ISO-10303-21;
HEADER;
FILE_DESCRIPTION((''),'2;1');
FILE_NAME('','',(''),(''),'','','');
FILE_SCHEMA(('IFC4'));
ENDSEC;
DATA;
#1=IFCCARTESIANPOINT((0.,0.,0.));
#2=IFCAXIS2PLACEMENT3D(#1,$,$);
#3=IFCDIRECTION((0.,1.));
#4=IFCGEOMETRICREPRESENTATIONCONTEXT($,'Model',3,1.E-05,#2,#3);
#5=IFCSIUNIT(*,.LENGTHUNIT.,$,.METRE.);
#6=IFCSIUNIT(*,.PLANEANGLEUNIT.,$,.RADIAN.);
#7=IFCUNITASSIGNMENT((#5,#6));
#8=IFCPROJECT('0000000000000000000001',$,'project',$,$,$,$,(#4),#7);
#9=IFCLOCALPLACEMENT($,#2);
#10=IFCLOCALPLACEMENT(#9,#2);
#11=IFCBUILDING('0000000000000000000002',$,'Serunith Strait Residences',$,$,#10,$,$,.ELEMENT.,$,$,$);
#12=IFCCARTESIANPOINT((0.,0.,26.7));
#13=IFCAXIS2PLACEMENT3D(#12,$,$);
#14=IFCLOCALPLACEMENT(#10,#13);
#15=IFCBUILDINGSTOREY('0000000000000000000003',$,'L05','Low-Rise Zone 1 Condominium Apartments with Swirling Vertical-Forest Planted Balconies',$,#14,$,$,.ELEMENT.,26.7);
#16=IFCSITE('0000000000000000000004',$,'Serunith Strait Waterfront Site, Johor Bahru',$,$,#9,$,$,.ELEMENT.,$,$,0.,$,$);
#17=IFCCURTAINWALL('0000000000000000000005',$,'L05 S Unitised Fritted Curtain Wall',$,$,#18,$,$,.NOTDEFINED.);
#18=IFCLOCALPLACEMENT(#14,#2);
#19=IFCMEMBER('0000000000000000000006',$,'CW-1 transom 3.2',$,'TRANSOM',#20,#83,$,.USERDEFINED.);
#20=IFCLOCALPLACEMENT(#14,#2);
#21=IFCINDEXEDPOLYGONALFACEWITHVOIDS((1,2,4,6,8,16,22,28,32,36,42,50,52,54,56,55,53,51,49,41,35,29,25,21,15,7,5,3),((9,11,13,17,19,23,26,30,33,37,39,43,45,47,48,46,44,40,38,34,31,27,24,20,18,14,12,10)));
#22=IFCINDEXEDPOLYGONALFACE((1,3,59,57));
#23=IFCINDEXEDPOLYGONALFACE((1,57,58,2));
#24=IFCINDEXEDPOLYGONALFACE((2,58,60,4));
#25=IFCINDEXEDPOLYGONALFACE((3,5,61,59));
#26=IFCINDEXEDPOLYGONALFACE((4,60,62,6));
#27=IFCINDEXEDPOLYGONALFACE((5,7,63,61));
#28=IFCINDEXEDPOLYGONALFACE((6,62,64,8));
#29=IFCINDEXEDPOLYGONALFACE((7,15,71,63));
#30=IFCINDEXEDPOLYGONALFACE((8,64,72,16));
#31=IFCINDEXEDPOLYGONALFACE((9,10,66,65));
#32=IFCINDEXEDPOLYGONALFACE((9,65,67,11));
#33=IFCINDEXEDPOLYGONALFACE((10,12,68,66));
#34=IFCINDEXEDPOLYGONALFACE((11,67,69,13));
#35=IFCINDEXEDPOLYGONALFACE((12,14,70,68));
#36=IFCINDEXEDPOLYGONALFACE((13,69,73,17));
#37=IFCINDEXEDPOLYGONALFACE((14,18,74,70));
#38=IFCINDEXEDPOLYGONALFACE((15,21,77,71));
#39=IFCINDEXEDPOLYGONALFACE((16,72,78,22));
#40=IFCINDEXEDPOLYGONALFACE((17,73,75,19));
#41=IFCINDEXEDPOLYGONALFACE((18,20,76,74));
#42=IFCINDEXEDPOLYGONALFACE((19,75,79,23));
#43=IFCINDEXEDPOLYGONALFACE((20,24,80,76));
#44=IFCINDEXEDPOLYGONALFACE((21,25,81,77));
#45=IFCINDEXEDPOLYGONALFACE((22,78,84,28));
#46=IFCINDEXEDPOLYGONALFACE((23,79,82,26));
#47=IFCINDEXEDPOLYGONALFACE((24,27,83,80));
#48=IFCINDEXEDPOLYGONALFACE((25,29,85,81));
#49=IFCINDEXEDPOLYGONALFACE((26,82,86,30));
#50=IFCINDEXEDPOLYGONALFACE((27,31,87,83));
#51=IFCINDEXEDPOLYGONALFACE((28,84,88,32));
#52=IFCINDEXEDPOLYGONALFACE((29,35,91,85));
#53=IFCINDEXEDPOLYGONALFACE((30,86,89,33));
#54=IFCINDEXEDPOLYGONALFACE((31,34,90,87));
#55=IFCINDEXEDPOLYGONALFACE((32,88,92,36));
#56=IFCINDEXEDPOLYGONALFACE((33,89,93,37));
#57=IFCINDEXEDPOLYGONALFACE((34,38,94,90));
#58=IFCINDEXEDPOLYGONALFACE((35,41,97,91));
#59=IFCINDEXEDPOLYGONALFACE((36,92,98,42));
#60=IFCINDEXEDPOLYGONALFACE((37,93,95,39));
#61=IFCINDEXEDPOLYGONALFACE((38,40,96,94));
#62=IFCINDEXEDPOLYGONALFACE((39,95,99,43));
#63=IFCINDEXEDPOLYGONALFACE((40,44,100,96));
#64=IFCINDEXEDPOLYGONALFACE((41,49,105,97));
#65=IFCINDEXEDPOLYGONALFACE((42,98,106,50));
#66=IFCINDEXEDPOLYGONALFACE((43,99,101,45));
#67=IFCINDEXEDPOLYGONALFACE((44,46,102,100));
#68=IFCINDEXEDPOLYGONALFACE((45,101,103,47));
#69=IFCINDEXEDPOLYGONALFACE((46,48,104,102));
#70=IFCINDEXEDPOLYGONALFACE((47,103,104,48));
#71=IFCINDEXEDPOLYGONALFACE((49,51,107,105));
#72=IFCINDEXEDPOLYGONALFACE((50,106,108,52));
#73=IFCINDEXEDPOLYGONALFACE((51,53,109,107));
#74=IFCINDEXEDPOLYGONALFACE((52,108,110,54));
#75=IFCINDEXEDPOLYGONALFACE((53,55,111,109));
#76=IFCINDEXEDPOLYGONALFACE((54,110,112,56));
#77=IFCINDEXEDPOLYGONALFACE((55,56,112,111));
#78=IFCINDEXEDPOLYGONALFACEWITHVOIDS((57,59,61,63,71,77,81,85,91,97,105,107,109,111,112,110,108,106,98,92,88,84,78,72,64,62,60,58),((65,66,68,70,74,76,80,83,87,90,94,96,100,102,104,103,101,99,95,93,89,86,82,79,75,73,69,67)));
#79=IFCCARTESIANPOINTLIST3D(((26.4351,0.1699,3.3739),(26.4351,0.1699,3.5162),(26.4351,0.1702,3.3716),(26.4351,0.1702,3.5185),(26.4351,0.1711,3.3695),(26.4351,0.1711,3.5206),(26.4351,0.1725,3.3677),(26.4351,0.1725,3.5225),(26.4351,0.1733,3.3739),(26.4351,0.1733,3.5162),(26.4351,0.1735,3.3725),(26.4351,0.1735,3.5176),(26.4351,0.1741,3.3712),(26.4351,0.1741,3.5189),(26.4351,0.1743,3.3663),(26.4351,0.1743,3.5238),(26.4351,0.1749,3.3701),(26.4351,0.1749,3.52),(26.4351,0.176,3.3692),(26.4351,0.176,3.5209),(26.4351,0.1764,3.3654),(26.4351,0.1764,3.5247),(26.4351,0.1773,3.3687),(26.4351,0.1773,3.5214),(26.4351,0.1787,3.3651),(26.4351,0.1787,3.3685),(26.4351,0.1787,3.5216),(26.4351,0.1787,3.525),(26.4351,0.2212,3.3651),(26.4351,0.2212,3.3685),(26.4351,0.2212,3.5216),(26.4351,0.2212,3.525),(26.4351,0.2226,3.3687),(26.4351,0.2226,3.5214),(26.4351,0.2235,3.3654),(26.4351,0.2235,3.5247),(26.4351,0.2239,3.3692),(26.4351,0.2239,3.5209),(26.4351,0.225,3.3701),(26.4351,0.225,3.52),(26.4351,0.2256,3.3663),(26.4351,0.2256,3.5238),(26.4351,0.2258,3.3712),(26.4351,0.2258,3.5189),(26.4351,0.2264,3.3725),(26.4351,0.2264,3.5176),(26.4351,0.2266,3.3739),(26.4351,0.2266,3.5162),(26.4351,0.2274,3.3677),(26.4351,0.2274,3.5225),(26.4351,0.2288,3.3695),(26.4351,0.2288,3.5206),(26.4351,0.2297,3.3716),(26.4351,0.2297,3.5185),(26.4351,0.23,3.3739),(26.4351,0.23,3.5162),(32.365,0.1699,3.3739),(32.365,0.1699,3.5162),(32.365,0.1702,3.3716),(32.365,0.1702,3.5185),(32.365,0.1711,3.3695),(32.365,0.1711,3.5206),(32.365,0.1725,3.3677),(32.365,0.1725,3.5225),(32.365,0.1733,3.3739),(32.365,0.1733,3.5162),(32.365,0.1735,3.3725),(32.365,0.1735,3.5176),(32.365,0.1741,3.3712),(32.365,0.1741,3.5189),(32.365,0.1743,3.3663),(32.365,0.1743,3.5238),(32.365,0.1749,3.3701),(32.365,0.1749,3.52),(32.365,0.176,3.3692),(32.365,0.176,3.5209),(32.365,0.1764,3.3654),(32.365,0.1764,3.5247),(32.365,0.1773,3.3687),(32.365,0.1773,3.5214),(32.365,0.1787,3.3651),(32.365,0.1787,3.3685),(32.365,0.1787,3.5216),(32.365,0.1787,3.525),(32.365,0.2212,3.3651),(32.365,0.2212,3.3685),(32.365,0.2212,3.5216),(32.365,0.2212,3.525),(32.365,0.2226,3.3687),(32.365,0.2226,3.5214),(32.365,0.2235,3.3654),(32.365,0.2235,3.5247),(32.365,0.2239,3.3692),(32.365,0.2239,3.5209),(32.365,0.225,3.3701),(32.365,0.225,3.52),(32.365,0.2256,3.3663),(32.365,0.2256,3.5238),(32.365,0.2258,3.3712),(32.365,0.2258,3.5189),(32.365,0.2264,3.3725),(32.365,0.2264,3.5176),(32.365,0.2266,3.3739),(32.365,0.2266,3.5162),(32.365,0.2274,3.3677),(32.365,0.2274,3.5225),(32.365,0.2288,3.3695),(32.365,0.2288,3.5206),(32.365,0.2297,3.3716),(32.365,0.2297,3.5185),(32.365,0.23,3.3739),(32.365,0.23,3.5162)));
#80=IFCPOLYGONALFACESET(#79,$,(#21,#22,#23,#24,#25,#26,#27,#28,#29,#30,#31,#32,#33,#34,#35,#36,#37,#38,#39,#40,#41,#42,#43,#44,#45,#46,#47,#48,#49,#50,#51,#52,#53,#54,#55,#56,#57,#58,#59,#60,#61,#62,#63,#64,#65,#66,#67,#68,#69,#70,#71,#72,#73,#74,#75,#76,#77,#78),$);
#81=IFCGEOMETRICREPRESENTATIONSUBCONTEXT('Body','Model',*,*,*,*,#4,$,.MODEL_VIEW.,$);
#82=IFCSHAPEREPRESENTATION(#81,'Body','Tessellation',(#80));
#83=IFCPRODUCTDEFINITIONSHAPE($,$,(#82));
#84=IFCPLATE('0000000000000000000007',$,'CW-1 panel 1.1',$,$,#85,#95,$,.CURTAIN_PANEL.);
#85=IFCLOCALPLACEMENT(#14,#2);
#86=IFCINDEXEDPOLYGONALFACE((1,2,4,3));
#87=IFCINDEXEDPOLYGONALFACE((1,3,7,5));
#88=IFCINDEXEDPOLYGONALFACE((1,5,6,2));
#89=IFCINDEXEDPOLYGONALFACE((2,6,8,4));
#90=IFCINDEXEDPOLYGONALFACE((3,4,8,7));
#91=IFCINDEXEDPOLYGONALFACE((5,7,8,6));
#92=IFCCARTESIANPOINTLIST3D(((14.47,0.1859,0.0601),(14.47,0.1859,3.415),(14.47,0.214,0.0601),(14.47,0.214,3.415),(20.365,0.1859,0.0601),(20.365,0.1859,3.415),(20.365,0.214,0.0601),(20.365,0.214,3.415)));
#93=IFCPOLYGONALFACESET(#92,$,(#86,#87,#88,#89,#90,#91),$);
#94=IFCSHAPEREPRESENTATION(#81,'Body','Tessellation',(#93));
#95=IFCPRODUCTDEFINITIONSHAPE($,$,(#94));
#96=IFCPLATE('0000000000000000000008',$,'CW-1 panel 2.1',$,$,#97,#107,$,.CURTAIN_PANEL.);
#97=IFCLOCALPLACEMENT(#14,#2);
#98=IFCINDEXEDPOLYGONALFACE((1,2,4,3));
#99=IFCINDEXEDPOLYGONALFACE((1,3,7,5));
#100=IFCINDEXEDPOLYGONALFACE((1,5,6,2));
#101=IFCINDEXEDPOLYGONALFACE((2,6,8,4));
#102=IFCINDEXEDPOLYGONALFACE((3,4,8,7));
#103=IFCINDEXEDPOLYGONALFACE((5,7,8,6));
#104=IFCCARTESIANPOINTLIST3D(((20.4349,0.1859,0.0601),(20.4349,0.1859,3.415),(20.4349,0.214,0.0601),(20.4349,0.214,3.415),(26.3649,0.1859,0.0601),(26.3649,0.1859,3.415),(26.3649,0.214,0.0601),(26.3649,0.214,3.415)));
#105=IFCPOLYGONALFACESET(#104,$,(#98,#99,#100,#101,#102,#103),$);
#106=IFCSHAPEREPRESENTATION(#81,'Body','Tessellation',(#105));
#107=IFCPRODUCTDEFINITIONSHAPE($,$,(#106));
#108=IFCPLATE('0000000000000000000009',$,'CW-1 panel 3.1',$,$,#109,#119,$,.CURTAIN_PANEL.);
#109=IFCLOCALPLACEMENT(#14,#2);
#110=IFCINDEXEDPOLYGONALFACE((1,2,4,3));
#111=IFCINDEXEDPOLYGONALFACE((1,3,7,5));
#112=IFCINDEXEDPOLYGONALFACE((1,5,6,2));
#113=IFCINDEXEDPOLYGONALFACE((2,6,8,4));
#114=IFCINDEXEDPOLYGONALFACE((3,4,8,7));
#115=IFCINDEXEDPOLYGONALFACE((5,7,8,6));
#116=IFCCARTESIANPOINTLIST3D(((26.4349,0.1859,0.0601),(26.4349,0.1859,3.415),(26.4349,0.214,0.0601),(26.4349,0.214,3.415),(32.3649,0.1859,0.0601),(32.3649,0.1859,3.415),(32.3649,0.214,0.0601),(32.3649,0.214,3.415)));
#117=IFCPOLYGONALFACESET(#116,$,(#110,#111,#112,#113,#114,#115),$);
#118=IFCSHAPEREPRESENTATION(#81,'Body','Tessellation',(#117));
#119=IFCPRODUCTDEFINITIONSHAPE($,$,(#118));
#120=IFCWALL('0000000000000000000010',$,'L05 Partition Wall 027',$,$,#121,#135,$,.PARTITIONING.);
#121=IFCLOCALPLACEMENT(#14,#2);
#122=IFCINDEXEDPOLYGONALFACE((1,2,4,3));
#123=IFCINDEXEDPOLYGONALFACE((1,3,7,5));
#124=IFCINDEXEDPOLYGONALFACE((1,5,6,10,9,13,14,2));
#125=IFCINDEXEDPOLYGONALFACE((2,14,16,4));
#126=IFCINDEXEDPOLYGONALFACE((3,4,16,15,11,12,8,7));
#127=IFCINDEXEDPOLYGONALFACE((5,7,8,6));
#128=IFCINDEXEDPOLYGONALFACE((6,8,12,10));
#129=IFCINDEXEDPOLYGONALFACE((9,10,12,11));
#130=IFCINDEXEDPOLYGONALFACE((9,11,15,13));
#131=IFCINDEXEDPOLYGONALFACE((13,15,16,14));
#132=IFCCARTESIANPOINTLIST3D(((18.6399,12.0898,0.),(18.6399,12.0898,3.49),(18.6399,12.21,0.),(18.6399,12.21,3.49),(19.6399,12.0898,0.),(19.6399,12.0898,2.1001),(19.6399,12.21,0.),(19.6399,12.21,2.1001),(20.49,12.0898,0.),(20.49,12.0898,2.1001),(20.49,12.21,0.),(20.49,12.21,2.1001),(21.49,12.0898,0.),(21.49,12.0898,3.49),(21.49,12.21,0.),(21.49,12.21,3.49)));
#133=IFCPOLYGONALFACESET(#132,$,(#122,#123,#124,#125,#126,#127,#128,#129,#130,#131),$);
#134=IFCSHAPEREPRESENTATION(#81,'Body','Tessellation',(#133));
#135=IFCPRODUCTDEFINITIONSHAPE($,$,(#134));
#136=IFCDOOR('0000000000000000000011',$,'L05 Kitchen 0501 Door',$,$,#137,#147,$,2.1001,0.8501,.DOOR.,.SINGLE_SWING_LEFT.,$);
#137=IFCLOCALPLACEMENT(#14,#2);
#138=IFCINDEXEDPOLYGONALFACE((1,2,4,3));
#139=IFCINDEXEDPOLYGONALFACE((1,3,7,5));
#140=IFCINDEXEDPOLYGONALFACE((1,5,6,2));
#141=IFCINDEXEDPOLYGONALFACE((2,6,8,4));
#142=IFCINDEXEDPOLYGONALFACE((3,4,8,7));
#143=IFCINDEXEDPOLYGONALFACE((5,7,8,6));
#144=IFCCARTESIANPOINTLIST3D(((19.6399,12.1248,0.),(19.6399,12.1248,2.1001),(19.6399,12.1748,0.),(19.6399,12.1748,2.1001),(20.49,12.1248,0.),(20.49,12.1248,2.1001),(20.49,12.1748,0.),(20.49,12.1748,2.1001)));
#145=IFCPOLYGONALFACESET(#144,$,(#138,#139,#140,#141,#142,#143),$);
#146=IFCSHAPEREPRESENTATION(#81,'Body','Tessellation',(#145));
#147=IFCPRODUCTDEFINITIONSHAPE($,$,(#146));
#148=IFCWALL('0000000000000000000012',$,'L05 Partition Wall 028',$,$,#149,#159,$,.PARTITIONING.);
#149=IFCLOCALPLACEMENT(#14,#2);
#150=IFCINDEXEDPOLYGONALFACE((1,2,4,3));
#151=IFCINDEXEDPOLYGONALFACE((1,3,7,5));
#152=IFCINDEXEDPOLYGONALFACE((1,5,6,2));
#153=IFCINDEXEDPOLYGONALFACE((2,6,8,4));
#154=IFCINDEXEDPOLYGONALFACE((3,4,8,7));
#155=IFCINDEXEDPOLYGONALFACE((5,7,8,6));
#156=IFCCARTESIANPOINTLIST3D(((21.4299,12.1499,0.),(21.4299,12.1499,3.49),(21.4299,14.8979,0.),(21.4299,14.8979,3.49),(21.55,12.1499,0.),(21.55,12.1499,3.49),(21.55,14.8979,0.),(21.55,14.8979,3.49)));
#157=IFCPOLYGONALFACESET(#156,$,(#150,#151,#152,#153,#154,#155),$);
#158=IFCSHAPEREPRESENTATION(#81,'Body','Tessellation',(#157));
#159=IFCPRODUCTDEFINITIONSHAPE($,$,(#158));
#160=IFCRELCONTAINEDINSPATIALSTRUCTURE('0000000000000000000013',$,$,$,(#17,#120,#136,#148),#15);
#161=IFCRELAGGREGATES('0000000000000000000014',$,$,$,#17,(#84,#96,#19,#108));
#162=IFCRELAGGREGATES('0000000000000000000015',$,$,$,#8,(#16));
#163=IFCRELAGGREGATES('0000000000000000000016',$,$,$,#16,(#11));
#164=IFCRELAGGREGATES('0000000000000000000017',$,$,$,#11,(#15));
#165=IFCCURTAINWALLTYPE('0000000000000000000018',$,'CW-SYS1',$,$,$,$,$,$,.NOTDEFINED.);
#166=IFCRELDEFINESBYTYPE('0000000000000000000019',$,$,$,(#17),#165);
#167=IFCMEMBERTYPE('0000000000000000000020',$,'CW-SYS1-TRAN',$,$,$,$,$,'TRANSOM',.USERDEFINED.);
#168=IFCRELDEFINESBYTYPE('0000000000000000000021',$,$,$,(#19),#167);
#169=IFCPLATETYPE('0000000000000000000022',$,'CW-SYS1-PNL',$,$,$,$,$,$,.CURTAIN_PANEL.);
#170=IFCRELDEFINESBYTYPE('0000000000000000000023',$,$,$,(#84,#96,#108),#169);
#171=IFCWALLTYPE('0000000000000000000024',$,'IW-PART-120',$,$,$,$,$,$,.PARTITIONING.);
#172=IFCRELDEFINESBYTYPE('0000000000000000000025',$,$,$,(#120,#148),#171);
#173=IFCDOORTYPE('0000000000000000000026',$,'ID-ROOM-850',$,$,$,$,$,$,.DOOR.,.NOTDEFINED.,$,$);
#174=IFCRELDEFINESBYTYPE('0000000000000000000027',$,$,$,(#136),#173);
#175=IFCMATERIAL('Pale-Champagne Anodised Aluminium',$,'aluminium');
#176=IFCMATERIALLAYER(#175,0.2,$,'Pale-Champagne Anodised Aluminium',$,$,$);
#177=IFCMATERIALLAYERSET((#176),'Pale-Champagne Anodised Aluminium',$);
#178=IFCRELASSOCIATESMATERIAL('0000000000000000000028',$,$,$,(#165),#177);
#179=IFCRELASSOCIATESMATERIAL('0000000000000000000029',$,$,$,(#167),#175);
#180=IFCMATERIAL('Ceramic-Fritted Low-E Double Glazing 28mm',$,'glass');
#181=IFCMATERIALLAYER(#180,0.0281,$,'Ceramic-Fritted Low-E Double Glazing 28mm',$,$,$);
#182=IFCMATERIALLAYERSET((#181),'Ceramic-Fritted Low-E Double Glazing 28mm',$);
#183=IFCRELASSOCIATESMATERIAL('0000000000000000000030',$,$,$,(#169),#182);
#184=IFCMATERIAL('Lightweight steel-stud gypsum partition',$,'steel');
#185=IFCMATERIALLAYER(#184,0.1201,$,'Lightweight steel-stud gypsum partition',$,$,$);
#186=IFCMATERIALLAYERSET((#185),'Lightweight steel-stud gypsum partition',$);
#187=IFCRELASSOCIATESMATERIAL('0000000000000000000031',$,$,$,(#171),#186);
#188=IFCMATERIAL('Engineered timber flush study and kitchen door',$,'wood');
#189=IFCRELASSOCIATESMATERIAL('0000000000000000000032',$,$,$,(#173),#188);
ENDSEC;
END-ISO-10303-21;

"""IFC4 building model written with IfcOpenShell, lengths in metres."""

from ifc_helpers import new_model, si_unit, direction, frame, frame_2d, origin, origin_2d, place, context, subcontext, project, spatial, rectangle, hollow_rectangle, extrude, source, transform, mapped, material, layer, layer_set, material_profile, profile_set, type_object, element, fill, aggregate, save


model = new_model("IFC4")

# Units and contexts
model_context = context("Model", 3, precision=1e-05, world=origin(), true_north=direction((0.0, 1.0)))
body_context = subcontext(model_context, "Body", "Model", "MODEL_VIEW")
ifc_project = project(units=[si_unit("LENGTHUNIT", "METRE"), si_unit("PLANEANGLEUNIT", "RADIAN")], contexts=[model_context])

# Site, building, storey
site_placement = place(None, origin())
site = spatial("IfcSite", under=ifc_project, at=site_placement, Name="Serunith Strait Waterfront Site, Johor Bahru", CompositionType="ELEMENT", RefElevation=0.0)
building_placement = place(site_placement, origin())
building = spatial("IfcBuilding", under=site, at=building_placement, Name="Serunith Strait Residences", CompositionType="ELEMENT")
storey_placement = place(building_placement, frame((0.0, 0.0, 26.7)))
storey = spatial("IfcBuildingStorey", under=building, at=storey_placement, Name="L05", Description="Low-Rise Zone 1 Condominium Apartments with Swirling Vertical-Forest Planted Balconies", CompositionType="ELEMENT", Elevation=26.7)

# Curtain wall, member, plates
ifc_material_1 = material(Name="Pale-Champagne Anodised Aluminium", Category="aluminium")
ifc_layer_1 = layer(ifc_material_1, 0.2, Name="Pale-Champagne Anodised Aluminium")
ifc_layer_set_1 = layer_set([ifc_layer_1], Name="Pale-Champagne Anodised Aluminium")
curtain_wall_type = type_object("IfcCurtainWallType", Name="CW-SYS1", PredefinedType="NOTDEFINED", material=ifc_layer_set_1)
curtain_wall_placement = place(storey_placement, origin())
curtain_wall = element("IfcCurtainWall", 1, at=curtain_wall_placement, inside=storey, type_object=curtain_wall_type, Name="L05 S Unitised Fritted Curtain Wall", PredefinedType="NOTDEFINED")
ifc_material_profile_1 = material_profile(ifc_material_1, hollow_rectangle(XDim=0.0601, YDim=0.1599, WallThickness=0.0034, InnerFilletRadius=0.0054, OuterFilletRadius=0.0088, at=origin_2d()), Name="ALU 160x60x3.5")
ifc_profile_set_1 = profile_set([ifc_material_profile_1], Name="Pale-Champagne Anodised Aluminium")
member_type_1 = type_object("IfcMemberType", Name="CW-SYS1-TRAN", ElementType="TRANSOM", PredefinedType="USERDEFINED", material=ifc_profile_set_1)
shared_shape_1 = source(origin(), body_context, "Body", "SweptSolid", [
    extrude(hollow_rectangle(XDim=0.0601, YDim=0.1599, WallThickness=0.0034, InnerFilletRadius=0.0054, OuterFilletRadius=0.0088, at=origin_2d()), origin(), (0.0, 0.0, 1.0), 5.9299),
])
member_1_placement = place(storey_placement, frame((26.4351, 0.2, 3.4451), z_axis=(1.0, 0.0, 0.0), x_axis=(0.0, 1.0, 0.0)))
member_1 = element("IfcMember", 2, at=member_1_placement, type_object=member_type_1, Name="CW-1 transom 3.2", ObjectType="TRANSOM", PredefinedType="USERDEFINED", context=body_context, shape_type="MappedRepresentation", body=[
    mapped(shared_shape_1, transform((0.0, 0.0, 0.0), scale=1.0)),
])
ifc_material_2 = material(Name="Ceramic-Fritted Low-E Double Glazing 28mm", Category="glass")
ifc_layer_2 = layer(ifc_material_2, 0.0281, Name="Ceramic-Fritted Low-E Double Glazing 28mm")
ifc_layer_set_2 = layer_set([ifc_layer_2], Name="Ceramic-Fritted Low-E Double Glazing 28mm")
plate_type = type_object("IfcPlateType", Name="CW-SYS1-PNL", PredefinedType="CURTAIN_PANEL", material=ifc_layer_set_2)
shared_shape_2 = source(origin(), body_context, "Body", "SweptSolid", [
    extrude(rectangle(XDim=5.895, YDim=0.0281, at=origin_2d()), origin(), (0.0, 0.0, 1.0), 3.355),
])
plate_1_placement = place(storey_placement, frame((17.4175, 0.2, 0.0601), z_axis=(0.0, 0.0, 1.0), x_axis=(1.0, 0.0, 0.0)))
plate_1 = element("IfcPlate", 3, at=plate_1_placement, type_object=plate_type, Name="CW-1 panel 1.1", PredefinedType="CURTAIN_PANEL", context=body_context, shape_type="MappedRepresentation", body=[
    mapped(shared_shape_2, transform((0.0, 0.0, 0.0), scale=1.0)),
])
shared_shape_3 = source(origin(), body_context, "Body", "SweptSolid", [
    extrude(rectangle(XDim=5.9299, YDim=0.0281, at=origin_2d()), origin(), (0.0, 0.0, 1.0), 3.355),
])
plate_2_placement = place(storey_placement, frame((23.3999, 0.2, 0.0601), z_axis=(0.0, 0.0, 1.0), x_axis=(1.0, 0.0, 0.0)))
plate_2 = element("IfcPlate", 4, at=plate_2_placement, type_object=plate_type, Name="CW-1 panel 2.1", PredefinedType="CURTAIN_PANEL", context=body_context, shape_type="MappedRepresentation", body=[
    mapped(shared_shape_3, transform((0.0, 0.0, 0.0), scale=1.0)),
])
plate_3_placement = place(storey_placement, frame((29.3999, 0.2, 0.0601), z_axis=(0.0, 0.0, 1.0), x_axis=(1.0, 0.0, 0.0)))
plate_3 = element("IfcPlate", 5, at=plate_3_placement, type_object=plate_type, Name="CW-1 panel 3.1", PredefinedType="CURTAIN_PANEL", context=body_context, shape_type="MappedRepresentation", body=[
    mapped(shared_shape_3, transform((0.0, 0.0, 0.0), scale=1.0)),
])
aggregate(curtain_wall, [plate_1, plate_2, member_1, plate_3])

# Wall, opening, door
ifc_material_3 = material(Name="Lightweight steel-stud gypsum partition", Category="steel")
ifc_layer_3 = layer(ifc_material_3, 0.1201, Name="Lightweight steel-stud gypsum partition")
ifc_layer_set_3 = layer_set([ifc_layer_3], Name="Lightweight steel-stud gypsum partition")
wall_type_1 = type_object("IfcWallType", Name="IW-PART-120", PredefinedType="PARTITIONING", material=ifc_layer_set_3)
wall_1_placement = place(storey_placement, frame((18.6399, 12.1499, 0.0), z_axis=(0.0, 0.0, 1.0), x_axis=(1.0, 0.0, 0.0)))
wall_1 = element("IfcWall", 6, at=wall_1_placement, inside=storey, type_object=wall_type_1, Name="L05 Partition Wall 027", PredefinedType="PARTITIONING", context=body_context, shape_type="SweptSolid", body=[
    extrude(rectangle(XDim=2.8501, YDim=0.1201, at=frame_2d((1.425, 0.0))), origin(), (0.0, 0.0, 1.0), 3.49),
])
opening_1_placement = place(wall_1_placement, frame((1.0, 0.0, 0.0)))
opening_1 = element("IfcOpeningElement", 7, at=opening_1_placement, cuts=wall_1, PredefinedType="OPENING", context=body_context, shape_type="SweptSolid", body=[
    extrude(rectangle(XDim=0.8501, YDim=2.1001, at=frame_2d((0.425, 1.05))), frame((0.0, 0.0701, 0.0), z_axis=(0.0, -1.0, 0.0), x_axis=(1.0, 0.0, 0.0)), (0.0, 0.0, 1.0), 0.1401),
])
ifc_material_4 = material(Name="Engineered timber flush study and kitchen door", Category="wood")
door_type_1 = type_object("IfcDoorType", Name="ID-ROOM-850", OperationType="NOTDEFINED", PredefinedType="DOOR", material=ifc_material_4)
shared_shape_4 = source(origin(), body_context, "Body", "SweptSolid", [
    extrude(rectangle(XDim=0.8501, YDim=2.1001, at=frame_2d((0.425, 1.05))), frame((0.0, 0.0249, 0.0), z_axis=(0.0, -1.0, 0.0), x_axis=(1.0, 0.0, 0.0)), (0.0, 0.0, 1.0), 0.05),
])
door_1_placement = place(opening_1_placement, origin())
door_1 = element("IfcDoor", 8, at=door_1_placement, inside=storey, type_object=door_type_1, Name="L05 Kitchen 0501 Door", OperationType="SINGLE_SWING_LEFT", OverallHeight=2.1001, OverallWidth=0.8501, PredefinedType="DOOR", context=body_context, shape_type="MappedRepresentation", body=[
    mapped(shared_shape_4, transform((0.0, 0.0, 0.0), scale=1.0)),
])
fill(opening_1, door_1)

# Wall
wall_2_placement = place(storey_placement, frame((21.49, 12.1499, 0.0), z_axis=(0.0, 0.0, 1.0), x_axis=(0.0, 1.0, 0.0)))
element("IfcWall", 9, at=wall_2_placement, inside=storey, type_object=wall_type_1, Name="L05 Partition Wall 028", PredefinedType="PARTITIONING", context=body_context, shape_type="SweptSolid", body=[
    extrude(rectangle(XDim=2.748, YDim=0.1201, at=frame_2d((1.374, 0.0))), origin(), (0.0, 0.0, 1.0), 3.49),
])

save(model, "model.ifc")
